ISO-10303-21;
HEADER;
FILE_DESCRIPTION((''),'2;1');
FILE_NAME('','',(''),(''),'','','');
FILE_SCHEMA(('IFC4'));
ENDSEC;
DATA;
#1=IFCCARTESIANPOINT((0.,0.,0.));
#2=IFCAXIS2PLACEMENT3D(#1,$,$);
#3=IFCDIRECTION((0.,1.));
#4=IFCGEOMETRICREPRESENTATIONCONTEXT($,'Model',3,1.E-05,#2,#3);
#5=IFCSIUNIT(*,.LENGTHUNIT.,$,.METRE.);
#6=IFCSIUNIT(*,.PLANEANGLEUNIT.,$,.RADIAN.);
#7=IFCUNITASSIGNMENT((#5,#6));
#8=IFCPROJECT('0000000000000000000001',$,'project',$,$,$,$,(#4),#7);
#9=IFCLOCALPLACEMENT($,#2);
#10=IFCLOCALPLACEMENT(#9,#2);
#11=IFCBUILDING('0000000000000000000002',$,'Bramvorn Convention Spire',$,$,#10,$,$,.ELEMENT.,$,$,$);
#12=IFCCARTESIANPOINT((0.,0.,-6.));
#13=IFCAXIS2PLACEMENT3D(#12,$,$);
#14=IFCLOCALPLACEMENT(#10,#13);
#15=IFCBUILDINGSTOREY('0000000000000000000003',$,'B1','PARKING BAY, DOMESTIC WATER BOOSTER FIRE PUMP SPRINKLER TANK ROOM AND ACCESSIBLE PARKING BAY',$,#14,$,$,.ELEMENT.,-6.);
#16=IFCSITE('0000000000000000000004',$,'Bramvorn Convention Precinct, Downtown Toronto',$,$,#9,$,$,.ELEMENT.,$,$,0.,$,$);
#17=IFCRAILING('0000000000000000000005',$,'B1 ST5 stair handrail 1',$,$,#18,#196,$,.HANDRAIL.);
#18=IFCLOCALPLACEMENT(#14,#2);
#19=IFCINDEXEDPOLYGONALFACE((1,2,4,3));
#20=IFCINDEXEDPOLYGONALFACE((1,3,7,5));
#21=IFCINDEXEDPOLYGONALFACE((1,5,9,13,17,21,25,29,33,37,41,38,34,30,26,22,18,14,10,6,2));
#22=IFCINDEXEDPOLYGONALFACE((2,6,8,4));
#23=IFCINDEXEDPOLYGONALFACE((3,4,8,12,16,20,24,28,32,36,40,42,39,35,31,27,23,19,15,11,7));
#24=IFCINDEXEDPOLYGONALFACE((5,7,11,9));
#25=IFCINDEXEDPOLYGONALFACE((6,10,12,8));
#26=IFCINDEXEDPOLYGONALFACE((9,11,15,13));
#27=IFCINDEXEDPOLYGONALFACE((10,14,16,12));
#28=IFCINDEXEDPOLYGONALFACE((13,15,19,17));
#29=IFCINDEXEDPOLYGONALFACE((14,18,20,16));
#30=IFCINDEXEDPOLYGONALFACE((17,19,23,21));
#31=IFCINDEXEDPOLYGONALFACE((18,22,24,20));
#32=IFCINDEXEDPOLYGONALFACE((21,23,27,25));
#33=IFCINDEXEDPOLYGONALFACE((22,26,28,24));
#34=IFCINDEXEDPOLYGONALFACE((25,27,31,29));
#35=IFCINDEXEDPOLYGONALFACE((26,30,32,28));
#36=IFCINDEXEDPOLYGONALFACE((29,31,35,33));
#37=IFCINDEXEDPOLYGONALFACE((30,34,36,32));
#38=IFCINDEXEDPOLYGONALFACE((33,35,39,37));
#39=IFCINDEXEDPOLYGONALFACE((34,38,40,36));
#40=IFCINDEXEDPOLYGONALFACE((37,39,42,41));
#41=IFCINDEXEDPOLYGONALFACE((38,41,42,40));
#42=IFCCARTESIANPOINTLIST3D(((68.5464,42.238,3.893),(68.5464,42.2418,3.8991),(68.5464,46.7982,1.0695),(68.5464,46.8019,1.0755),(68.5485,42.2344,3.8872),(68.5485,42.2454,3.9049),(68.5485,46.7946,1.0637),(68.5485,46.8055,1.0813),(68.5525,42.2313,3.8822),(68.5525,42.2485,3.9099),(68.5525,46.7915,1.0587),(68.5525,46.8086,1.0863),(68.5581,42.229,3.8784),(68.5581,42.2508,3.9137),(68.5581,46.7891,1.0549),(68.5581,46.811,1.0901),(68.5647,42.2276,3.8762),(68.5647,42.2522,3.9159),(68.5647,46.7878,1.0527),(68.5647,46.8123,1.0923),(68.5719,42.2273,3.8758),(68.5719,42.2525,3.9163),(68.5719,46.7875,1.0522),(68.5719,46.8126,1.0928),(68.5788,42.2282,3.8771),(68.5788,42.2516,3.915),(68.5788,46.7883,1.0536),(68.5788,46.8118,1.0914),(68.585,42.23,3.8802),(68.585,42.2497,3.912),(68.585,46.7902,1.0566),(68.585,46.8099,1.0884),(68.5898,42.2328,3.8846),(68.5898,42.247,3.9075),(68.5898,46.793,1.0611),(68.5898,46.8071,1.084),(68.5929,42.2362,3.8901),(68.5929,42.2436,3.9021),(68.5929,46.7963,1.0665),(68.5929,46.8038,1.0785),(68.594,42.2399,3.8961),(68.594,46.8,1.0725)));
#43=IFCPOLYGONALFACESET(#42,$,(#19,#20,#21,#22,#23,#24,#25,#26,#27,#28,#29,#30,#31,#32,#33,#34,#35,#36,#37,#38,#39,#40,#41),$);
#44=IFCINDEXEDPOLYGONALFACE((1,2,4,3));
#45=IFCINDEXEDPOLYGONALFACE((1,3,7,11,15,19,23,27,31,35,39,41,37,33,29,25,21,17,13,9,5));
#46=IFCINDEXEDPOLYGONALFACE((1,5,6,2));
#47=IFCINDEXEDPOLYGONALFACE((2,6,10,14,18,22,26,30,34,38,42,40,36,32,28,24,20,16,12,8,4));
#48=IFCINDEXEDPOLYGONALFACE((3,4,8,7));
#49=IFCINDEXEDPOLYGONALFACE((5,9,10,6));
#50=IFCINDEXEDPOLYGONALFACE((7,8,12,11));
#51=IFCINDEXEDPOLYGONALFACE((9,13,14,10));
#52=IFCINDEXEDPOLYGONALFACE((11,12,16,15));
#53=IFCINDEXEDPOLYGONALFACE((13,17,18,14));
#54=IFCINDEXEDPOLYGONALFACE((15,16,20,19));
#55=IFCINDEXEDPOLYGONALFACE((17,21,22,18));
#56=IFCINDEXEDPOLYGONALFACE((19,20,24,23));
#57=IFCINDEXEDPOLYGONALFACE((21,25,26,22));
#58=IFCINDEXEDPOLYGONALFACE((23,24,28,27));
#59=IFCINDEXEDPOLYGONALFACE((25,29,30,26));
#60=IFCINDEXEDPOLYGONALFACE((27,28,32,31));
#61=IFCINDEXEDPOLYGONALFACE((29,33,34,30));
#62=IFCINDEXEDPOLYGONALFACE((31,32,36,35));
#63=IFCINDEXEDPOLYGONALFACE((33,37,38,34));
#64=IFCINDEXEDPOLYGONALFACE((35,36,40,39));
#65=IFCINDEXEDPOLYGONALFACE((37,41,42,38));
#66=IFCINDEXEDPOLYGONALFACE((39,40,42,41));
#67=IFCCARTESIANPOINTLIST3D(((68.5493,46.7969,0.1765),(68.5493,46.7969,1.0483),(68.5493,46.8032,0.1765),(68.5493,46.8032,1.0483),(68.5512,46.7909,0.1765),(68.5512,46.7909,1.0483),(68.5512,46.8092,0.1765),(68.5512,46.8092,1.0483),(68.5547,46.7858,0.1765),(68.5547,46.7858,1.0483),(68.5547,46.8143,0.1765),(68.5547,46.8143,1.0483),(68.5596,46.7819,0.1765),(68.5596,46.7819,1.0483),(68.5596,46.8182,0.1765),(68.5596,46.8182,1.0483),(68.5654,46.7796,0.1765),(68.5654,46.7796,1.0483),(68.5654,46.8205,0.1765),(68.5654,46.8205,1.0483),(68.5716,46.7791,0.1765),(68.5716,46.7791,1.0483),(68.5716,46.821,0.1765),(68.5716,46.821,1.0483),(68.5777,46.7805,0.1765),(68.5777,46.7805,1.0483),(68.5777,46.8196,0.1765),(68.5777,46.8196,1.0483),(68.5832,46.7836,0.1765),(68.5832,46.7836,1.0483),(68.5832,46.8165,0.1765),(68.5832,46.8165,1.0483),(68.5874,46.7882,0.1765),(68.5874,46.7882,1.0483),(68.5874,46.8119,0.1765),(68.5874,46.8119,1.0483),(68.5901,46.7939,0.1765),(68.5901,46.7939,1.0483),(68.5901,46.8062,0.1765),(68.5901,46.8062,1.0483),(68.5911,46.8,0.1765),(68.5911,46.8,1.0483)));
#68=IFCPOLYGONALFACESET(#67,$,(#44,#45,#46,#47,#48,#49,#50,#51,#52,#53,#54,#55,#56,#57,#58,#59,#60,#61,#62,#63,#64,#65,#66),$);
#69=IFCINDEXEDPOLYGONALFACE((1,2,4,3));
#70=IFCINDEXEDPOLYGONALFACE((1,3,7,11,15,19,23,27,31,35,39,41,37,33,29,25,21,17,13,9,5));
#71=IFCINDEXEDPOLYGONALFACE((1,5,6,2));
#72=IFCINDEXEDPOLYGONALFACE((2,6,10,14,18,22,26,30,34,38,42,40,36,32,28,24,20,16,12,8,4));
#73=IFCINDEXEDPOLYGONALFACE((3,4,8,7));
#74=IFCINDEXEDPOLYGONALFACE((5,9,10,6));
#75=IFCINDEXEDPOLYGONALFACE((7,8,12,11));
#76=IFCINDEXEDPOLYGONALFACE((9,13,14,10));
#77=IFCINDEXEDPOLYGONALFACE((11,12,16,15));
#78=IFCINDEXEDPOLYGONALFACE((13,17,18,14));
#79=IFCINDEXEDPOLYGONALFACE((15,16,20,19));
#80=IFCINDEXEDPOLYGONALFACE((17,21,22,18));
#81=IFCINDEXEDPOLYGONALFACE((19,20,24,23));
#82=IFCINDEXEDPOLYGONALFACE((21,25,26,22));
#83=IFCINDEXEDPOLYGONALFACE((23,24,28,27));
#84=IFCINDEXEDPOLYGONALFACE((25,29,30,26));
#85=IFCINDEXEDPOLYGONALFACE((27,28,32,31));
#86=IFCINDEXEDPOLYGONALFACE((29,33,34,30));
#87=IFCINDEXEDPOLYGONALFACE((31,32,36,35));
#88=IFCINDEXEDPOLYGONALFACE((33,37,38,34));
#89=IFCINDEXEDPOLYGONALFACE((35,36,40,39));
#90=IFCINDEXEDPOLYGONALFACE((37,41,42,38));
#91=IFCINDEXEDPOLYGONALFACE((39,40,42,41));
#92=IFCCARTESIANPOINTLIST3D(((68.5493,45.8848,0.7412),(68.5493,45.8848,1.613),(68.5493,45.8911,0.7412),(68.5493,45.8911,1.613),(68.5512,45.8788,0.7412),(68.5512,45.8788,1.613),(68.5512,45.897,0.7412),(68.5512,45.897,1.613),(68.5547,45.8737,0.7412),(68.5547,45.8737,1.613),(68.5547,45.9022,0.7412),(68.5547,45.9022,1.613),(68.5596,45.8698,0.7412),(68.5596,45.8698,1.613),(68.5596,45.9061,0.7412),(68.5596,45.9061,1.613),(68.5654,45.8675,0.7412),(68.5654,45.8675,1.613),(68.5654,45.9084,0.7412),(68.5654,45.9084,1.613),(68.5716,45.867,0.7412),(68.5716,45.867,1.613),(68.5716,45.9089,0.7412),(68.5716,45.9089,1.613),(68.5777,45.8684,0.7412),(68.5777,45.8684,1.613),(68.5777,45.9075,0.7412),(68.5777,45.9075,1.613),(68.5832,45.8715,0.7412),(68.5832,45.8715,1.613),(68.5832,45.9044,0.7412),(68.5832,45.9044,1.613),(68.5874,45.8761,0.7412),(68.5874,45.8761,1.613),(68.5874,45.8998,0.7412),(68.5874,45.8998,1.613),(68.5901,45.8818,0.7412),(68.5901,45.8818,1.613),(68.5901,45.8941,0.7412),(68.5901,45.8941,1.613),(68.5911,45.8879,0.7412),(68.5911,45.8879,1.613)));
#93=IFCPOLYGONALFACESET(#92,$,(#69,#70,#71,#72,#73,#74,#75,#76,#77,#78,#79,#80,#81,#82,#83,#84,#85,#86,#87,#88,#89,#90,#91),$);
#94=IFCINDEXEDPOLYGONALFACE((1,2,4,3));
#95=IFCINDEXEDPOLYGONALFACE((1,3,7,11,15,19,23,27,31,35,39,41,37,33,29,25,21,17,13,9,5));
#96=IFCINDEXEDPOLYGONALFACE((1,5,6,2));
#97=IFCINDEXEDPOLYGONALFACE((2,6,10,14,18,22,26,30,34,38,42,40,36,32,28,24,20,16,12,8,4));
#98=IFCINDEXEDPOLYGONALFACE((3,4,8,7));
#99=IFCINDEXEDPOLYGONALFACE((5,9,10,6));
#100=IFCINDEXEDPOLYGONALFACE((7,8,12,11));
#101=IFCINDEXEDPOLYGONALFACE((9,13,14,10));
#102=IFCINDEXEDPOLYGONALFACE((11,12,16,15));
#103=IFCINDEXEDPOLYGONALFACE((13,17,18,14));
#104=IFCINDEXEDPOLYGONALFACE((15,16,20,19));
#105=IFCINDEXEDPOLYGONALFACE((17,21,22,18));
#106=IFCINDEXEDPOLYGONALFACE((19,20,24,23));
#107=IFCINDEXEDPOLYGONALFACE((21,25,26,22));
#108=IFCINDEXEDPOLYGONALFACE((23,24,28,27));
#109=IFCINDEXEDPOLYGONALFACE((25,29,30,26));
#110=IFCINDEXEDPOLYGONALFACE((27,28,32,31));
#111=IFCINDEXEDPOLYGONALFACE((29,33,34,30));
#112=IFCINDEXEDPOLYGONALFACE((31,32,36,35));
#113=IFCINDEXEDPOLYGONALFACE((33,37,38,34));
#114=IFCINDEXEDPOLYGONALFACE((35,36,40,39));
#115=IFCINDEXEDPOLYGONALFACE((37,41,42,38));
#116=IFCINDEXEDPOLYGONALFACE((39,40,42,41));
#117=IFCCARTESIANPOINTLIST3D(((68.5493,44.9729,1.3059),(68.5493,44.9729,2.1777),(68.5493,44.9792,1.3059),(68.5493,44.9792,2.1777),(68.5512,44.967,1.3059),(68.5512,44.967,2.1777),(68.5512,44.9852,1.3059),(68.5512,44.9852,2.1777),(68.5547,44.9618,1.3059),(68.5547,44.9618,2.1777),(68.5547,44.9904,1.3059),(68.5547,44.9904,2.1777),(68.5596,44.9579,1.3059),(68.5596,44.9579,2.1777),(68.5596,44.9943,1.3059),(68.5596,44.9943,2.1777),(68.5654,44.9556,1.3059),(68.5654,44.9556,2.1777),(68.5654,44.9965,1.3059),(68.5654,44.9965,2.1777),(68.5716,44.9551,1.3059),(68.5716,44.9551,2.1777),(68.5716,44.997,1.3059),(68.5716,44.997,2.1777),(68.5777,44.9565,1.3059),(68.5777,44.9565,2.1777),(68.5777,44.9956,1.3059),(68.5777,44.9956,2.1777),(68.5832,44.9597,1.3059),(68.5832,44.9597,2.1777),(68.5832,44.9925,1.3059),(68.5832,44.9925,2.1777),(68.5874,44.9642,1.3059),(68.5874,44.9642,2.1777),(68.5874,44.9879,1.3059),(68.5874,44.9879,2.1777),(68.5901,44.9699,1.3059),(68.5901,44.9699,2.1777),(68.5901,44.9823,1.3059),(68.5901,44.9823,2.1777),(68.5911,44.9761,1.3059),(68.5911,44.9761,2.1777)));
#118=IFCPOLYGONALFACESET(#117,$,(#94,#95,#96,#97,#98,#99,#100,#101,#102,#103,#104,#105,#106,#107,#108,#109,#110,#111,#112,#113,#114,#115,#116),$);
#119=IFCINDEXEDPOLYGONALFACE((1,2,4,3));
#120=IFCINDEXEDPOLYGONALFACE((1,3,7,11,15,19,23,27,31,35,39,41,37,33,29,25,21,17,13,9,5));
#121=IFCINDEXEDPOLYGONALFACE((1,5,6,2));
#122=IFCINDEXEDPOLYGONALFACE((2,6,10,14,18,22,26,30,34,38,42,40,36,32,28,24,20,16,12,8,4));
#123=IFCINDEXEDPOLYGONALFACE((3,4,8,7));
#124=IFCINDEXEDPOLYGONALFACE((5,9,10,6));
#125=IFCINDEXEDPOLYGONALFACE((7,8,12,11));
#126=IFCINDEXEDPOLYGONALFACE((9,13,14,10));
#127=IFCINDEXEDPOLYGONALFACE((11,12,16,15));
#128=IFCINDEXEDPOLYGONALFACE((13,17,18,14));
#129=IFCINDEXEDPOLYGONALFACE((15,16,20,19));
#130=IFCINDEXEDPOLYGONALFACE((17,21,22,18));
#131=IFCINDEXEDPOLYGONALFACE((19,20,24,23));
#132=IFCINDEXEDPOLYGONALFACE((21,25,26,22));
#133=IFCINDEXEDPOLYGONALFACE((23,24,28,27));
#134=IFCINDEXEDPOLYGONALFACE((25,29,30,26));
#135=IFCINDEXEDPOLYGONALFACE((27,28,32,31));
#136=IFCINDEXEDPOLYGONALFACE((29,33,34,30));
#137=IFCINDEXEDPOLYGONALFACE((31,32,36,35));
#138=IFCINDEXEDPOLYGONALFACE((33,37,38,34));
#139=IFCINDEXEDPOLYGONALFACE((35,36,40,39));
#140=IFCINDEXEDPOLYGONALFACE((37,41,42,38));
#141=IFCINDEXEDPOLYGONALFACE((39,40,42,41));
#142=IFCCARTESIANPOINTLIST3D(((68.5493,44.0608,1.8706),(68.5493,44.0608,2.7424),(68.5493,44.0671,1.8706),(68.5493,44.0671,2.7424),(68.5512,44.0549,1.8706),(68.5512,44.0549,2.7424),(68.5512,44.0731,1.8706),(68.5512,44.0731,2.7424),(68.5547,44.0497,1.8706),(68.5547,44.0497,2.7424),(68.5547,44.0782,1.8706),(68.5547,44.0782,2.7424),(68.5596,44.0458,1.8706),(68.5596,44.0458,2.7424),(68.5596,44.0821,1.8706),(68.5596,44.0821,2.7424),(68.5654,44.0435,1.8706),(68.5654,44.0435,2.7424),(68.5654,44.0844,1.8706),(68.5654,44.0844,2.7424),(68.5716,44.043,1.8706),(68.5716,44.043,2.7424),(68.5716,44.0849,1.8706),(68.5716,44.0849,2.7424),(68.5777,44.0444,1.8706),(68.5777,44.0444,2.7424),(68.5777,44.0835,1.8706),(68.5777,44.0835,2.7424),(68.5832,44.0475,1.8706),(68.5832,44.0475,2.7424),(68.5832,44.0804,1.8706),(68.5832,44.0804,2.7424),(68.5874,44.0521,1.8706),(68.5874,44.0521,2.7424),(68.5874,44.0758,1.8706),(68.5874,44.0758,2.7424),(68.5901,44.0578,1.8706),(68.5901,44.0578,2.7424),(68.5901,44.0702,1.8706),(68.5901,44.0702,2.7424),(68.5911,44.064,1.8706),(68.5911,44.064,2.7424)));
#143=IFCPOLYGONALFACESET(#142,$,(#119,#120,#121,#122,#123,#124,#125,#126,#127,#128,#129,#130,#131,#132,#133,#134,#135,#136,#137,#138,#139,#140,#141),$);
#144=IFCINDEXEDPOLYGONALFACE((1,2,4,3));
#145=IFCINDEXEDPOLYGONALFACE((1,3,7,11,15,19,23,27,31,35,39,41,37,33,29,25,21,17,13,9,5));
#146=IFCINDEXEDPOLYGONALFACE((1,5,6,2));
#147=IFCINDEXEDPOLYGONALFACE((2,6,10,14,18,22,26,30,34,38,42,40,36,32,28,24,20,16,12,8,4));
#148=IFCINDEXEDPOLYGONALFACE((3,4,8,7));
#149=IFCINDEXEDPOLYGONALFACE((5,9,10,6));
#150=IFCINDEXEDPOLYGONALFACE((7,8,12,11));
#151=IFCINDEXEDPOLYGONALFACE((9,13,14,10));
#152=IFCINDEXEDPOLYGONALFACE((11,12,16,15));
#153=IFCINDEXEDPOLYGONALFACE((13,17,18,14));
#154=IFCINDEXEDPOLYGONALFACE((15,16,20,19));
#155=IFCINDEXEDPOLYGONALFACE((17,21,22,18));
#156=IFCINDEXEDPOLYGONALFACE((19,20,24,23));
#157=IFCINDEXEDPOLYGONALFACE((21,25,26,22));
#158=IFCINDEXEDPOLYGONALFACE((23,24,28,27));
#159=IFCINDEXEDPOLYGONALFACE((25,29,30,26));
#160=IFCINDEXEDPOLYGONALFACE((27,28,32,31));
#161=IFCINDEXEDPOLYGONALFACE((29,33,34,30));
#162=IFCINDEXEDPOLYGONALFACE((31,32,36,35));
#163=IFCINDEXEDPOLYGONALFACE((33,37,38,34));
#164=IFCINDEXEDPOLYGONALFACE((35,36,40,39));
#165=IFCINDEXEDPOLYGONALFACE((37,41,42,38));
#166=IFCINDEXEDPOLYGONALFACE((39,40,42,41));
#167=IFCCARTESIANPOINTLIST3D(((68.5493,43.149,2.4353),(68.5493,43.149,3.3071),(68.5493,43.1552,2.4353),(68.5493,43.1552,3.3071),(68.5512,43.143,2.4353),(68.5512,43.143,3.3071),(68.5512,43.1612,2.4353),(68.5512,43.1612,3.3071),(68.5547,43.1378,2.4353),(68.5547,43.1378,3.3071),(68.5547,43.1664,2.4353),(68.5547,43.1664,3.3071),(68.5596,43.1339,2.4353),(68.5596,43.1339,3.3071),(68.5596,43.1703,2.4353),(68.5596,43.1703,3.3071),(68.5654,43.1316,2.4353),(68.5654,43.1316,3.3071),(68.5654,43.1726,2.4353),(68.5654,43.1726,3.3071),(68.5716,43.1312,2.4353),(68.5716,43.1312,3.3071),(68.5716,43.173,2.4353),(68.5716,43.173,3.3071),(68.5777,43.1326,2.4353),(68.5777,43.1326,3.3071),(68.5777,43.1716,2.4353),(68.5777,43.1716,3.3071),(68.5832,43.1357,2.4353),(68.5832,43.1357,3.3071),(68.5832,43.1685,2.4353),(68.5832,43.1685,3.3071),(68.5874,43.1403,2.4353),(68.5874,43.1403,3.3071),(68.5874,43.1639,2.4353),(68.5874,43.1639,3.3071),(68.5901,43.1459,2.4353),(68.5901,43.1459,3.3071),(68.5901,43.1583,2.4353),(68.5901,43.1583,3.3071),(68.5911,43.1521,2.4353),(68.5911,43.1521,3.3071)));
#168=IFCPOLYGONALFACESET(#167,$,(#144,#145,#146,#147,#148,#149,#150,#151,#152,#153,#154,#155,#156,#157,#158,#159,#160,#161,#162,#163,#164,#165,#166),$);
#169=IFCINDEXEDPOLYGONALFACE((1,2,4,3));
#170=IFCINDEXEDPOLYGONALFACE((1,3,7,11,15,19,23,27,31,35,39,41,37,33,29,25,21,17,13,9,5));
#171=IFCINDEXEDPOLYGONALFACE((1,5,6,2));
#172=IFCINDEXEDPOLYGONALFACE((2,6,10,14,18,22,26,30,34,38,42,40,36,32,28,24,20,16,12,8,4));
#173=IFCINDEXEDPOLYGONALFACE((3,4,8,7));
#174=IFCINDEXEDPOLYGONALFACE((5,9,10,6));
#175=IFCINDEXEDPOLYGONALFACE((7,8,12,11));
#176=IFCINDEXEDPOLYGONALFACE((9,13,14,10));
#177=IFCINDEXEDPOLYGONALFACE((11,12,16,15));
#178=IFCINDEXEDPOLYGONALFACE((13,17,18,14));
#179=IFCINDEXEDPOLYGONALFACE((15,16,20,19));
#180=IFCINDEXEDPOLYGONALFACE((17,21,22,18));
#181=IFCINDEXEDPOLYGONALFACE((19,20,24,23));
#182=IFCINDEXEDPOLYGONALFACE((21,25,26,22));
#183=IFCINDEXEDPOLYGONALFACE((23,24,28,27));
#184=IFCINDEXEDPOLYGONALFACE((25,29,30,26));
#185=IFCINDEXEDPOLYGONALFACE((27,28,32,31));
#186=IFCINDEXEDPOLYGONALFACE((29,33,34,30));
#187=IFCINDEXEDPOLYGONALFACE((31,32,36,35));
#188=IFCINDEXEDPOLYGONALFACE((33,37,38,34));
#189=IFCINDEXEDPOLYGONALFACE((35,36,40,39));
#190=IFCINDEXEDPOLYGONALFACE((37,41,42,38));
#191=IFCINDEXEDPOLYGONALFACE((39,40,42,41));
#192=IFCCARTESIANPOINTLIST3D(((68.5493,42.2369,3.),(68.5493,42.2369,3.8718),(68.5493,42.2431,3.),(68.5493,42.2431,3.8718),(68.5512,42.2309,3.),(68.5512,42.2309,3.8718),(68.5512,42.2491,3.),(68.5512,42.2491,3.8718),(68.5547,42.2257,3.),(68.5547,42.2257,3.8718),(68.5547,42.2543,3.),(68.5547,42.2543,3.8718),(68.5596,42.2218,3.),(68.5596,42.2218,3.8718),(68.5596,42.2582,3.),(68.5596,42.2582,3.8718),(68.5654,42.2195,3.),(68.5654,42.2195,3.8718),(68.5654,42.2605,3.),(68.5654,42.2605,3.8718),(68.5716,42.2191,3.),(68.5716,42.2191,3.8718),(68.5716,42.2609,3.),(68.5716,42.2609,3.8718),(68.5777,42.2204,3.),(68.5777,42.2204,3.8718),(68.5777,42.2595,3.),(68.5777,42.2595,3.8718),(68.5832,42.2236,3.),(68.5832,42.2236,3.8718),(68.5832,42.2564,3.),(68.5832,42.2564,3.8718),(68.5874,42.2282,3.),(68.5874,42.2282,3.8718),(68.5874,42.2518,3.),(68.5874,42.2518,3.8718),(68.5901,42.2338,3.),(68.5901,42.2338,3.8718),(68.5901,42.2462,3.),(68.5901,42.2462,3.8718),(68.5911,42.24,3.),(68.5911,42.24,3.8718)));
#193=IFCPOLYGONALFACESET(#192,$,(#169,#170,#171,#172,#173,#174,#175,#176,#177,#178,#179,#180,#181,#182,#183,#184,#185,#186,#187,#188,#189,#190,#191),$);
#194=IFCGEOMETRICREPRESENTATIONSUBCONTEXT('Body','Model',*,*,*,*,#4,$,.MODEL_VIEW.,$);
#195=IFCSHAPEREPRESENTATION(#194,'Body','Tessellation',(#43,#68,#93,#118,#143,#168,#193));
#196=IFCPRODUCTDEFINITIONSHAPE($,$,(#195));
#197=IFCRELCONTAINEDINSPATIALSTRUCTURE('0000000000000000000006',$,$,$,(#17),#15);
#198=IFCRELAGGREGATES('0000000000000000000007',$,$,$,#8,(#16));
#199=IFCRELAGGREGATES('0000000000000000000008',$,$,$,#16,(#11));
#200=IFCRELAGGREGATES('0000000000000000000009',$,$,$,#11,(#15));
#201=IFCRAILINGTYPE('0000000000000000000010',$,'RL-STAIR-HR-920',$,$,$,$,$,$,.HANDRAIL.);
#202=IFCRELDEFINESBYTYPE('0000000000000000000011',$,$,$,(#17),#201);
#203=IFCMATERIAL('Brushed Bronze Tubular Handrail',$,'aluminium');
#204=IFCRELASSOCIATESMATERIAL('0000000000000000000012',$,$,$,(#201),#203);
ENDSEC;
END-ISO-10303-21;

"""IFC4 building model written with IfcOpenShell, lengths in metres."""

from ifc_helpers import new_model, si_unit, direction, frame, origin, origin_2d, place, context, subcontext, project, spatial, circle, extrude, material, type_object, element, save


model = new_model("IFC4")

# Units and contexts
model_context = context("Model", 3, precision=1e-05, world=origin(), true_north=direction((0.0, 1.0)))
body_context = subcontext(model_context, "Body", "Model", "MODEL_VIEW")
ifc_project = project(units=[si_unit("LENGTHUNIT", "METRE"), si_unit("PLANEANGLEUNIT", "RADIAN")], contexts=[model_context])

# Site, building, storey
site_placement = place(None, origin())
site = spatial("IfcSite", under=ifc_project, at=site_placement, Name="Bramvorn Convention Precinct, Downtown Toronto", CompositionType="ELEMENT", RefElevation=0.0)
building_placement = place(site_placement, origin())
building = spatial("IfcBuilding", under=site, at=building_placement, Name="Bramvorn Convention Spire", CompositionType="ELEMENT")
storey_placement = place(building_placement, frame((0.0, 0.0, -6.0)))
storey = spatial("IfcBuildingStorey", under=building, at=storey_placement, Name="B1", Description="PARKING BAY, DOMESTIC WATER BOOSTER FIRE PUMP SPRINKLER TANK ROOM AND ACCESSIBLE PARKING BAY", CompositionType="ELEMENT", Elevation=-6.0)

# Railing
ifc_material_1 = material(Name="Brushed Bronze Tubular Handrail", Category="aluminium")
railing_type_1 = type_object("IfcRailingType", Name="RL-STAIR-HR-920", PredefinedType="HANDRAIL", material=ifc_material_1)
railing_1_placement = place(storey_placement, frame((68.5701, 46.8, 0.1765)))
element("IfcRailing", 1, at=railing_1_placement, inside=storey, type_object=railing_type_1, Name="B1 ST5 stair handrail 1", PredefinedType="HANDRAIL", context=body_context, shape_type="SweptSolid", body=[
    extrude(circle(Radius=0.0239, at=origin_2d()), frame((0.0, 0.0, 0.896), z_axis=(0.0, -0.850216, 0.526435), x_axis=(1.0, 0.0, 0.0)), (0.0, 0.0, 1.0), 5.3635),
    extrude(circle(Radius=0.021, at=origin_2d()), origin(), (0.0, 0.0, 1.0), 0.8718),
    extrude(circle(Radius=0.021, at=origin_2d()), frame((0.0, -0.9121, 0.5647)), (0.0, 0.0, 1.0), 0.8718),
    extrude(circle(Radius=0.021, at=origin_2d()), frame((0.0, -1.824, 1.1294)), (0.0, 0.0, 1.0), 0.8718),
    extrude(circle(Radius=0.021, at=origin_2d()), frame((0.0, -2.7361, 1.6941)), (0.0, 0.0, 1.0), 0.8718),
    extrude(circle(Radius=0.021, at=origin_2d()), frame((0.0, -3.6479, 2.2588)), (0.0, 0.0, 1.0), 0.8718),
    extrude(circle(Radius=0.021, at=origin_2d()), frame((0.0, -4.5601, 2.8235)), (0.0, 0.0, 1.0), 0.8718),
])

save(model, "model.ifc")
